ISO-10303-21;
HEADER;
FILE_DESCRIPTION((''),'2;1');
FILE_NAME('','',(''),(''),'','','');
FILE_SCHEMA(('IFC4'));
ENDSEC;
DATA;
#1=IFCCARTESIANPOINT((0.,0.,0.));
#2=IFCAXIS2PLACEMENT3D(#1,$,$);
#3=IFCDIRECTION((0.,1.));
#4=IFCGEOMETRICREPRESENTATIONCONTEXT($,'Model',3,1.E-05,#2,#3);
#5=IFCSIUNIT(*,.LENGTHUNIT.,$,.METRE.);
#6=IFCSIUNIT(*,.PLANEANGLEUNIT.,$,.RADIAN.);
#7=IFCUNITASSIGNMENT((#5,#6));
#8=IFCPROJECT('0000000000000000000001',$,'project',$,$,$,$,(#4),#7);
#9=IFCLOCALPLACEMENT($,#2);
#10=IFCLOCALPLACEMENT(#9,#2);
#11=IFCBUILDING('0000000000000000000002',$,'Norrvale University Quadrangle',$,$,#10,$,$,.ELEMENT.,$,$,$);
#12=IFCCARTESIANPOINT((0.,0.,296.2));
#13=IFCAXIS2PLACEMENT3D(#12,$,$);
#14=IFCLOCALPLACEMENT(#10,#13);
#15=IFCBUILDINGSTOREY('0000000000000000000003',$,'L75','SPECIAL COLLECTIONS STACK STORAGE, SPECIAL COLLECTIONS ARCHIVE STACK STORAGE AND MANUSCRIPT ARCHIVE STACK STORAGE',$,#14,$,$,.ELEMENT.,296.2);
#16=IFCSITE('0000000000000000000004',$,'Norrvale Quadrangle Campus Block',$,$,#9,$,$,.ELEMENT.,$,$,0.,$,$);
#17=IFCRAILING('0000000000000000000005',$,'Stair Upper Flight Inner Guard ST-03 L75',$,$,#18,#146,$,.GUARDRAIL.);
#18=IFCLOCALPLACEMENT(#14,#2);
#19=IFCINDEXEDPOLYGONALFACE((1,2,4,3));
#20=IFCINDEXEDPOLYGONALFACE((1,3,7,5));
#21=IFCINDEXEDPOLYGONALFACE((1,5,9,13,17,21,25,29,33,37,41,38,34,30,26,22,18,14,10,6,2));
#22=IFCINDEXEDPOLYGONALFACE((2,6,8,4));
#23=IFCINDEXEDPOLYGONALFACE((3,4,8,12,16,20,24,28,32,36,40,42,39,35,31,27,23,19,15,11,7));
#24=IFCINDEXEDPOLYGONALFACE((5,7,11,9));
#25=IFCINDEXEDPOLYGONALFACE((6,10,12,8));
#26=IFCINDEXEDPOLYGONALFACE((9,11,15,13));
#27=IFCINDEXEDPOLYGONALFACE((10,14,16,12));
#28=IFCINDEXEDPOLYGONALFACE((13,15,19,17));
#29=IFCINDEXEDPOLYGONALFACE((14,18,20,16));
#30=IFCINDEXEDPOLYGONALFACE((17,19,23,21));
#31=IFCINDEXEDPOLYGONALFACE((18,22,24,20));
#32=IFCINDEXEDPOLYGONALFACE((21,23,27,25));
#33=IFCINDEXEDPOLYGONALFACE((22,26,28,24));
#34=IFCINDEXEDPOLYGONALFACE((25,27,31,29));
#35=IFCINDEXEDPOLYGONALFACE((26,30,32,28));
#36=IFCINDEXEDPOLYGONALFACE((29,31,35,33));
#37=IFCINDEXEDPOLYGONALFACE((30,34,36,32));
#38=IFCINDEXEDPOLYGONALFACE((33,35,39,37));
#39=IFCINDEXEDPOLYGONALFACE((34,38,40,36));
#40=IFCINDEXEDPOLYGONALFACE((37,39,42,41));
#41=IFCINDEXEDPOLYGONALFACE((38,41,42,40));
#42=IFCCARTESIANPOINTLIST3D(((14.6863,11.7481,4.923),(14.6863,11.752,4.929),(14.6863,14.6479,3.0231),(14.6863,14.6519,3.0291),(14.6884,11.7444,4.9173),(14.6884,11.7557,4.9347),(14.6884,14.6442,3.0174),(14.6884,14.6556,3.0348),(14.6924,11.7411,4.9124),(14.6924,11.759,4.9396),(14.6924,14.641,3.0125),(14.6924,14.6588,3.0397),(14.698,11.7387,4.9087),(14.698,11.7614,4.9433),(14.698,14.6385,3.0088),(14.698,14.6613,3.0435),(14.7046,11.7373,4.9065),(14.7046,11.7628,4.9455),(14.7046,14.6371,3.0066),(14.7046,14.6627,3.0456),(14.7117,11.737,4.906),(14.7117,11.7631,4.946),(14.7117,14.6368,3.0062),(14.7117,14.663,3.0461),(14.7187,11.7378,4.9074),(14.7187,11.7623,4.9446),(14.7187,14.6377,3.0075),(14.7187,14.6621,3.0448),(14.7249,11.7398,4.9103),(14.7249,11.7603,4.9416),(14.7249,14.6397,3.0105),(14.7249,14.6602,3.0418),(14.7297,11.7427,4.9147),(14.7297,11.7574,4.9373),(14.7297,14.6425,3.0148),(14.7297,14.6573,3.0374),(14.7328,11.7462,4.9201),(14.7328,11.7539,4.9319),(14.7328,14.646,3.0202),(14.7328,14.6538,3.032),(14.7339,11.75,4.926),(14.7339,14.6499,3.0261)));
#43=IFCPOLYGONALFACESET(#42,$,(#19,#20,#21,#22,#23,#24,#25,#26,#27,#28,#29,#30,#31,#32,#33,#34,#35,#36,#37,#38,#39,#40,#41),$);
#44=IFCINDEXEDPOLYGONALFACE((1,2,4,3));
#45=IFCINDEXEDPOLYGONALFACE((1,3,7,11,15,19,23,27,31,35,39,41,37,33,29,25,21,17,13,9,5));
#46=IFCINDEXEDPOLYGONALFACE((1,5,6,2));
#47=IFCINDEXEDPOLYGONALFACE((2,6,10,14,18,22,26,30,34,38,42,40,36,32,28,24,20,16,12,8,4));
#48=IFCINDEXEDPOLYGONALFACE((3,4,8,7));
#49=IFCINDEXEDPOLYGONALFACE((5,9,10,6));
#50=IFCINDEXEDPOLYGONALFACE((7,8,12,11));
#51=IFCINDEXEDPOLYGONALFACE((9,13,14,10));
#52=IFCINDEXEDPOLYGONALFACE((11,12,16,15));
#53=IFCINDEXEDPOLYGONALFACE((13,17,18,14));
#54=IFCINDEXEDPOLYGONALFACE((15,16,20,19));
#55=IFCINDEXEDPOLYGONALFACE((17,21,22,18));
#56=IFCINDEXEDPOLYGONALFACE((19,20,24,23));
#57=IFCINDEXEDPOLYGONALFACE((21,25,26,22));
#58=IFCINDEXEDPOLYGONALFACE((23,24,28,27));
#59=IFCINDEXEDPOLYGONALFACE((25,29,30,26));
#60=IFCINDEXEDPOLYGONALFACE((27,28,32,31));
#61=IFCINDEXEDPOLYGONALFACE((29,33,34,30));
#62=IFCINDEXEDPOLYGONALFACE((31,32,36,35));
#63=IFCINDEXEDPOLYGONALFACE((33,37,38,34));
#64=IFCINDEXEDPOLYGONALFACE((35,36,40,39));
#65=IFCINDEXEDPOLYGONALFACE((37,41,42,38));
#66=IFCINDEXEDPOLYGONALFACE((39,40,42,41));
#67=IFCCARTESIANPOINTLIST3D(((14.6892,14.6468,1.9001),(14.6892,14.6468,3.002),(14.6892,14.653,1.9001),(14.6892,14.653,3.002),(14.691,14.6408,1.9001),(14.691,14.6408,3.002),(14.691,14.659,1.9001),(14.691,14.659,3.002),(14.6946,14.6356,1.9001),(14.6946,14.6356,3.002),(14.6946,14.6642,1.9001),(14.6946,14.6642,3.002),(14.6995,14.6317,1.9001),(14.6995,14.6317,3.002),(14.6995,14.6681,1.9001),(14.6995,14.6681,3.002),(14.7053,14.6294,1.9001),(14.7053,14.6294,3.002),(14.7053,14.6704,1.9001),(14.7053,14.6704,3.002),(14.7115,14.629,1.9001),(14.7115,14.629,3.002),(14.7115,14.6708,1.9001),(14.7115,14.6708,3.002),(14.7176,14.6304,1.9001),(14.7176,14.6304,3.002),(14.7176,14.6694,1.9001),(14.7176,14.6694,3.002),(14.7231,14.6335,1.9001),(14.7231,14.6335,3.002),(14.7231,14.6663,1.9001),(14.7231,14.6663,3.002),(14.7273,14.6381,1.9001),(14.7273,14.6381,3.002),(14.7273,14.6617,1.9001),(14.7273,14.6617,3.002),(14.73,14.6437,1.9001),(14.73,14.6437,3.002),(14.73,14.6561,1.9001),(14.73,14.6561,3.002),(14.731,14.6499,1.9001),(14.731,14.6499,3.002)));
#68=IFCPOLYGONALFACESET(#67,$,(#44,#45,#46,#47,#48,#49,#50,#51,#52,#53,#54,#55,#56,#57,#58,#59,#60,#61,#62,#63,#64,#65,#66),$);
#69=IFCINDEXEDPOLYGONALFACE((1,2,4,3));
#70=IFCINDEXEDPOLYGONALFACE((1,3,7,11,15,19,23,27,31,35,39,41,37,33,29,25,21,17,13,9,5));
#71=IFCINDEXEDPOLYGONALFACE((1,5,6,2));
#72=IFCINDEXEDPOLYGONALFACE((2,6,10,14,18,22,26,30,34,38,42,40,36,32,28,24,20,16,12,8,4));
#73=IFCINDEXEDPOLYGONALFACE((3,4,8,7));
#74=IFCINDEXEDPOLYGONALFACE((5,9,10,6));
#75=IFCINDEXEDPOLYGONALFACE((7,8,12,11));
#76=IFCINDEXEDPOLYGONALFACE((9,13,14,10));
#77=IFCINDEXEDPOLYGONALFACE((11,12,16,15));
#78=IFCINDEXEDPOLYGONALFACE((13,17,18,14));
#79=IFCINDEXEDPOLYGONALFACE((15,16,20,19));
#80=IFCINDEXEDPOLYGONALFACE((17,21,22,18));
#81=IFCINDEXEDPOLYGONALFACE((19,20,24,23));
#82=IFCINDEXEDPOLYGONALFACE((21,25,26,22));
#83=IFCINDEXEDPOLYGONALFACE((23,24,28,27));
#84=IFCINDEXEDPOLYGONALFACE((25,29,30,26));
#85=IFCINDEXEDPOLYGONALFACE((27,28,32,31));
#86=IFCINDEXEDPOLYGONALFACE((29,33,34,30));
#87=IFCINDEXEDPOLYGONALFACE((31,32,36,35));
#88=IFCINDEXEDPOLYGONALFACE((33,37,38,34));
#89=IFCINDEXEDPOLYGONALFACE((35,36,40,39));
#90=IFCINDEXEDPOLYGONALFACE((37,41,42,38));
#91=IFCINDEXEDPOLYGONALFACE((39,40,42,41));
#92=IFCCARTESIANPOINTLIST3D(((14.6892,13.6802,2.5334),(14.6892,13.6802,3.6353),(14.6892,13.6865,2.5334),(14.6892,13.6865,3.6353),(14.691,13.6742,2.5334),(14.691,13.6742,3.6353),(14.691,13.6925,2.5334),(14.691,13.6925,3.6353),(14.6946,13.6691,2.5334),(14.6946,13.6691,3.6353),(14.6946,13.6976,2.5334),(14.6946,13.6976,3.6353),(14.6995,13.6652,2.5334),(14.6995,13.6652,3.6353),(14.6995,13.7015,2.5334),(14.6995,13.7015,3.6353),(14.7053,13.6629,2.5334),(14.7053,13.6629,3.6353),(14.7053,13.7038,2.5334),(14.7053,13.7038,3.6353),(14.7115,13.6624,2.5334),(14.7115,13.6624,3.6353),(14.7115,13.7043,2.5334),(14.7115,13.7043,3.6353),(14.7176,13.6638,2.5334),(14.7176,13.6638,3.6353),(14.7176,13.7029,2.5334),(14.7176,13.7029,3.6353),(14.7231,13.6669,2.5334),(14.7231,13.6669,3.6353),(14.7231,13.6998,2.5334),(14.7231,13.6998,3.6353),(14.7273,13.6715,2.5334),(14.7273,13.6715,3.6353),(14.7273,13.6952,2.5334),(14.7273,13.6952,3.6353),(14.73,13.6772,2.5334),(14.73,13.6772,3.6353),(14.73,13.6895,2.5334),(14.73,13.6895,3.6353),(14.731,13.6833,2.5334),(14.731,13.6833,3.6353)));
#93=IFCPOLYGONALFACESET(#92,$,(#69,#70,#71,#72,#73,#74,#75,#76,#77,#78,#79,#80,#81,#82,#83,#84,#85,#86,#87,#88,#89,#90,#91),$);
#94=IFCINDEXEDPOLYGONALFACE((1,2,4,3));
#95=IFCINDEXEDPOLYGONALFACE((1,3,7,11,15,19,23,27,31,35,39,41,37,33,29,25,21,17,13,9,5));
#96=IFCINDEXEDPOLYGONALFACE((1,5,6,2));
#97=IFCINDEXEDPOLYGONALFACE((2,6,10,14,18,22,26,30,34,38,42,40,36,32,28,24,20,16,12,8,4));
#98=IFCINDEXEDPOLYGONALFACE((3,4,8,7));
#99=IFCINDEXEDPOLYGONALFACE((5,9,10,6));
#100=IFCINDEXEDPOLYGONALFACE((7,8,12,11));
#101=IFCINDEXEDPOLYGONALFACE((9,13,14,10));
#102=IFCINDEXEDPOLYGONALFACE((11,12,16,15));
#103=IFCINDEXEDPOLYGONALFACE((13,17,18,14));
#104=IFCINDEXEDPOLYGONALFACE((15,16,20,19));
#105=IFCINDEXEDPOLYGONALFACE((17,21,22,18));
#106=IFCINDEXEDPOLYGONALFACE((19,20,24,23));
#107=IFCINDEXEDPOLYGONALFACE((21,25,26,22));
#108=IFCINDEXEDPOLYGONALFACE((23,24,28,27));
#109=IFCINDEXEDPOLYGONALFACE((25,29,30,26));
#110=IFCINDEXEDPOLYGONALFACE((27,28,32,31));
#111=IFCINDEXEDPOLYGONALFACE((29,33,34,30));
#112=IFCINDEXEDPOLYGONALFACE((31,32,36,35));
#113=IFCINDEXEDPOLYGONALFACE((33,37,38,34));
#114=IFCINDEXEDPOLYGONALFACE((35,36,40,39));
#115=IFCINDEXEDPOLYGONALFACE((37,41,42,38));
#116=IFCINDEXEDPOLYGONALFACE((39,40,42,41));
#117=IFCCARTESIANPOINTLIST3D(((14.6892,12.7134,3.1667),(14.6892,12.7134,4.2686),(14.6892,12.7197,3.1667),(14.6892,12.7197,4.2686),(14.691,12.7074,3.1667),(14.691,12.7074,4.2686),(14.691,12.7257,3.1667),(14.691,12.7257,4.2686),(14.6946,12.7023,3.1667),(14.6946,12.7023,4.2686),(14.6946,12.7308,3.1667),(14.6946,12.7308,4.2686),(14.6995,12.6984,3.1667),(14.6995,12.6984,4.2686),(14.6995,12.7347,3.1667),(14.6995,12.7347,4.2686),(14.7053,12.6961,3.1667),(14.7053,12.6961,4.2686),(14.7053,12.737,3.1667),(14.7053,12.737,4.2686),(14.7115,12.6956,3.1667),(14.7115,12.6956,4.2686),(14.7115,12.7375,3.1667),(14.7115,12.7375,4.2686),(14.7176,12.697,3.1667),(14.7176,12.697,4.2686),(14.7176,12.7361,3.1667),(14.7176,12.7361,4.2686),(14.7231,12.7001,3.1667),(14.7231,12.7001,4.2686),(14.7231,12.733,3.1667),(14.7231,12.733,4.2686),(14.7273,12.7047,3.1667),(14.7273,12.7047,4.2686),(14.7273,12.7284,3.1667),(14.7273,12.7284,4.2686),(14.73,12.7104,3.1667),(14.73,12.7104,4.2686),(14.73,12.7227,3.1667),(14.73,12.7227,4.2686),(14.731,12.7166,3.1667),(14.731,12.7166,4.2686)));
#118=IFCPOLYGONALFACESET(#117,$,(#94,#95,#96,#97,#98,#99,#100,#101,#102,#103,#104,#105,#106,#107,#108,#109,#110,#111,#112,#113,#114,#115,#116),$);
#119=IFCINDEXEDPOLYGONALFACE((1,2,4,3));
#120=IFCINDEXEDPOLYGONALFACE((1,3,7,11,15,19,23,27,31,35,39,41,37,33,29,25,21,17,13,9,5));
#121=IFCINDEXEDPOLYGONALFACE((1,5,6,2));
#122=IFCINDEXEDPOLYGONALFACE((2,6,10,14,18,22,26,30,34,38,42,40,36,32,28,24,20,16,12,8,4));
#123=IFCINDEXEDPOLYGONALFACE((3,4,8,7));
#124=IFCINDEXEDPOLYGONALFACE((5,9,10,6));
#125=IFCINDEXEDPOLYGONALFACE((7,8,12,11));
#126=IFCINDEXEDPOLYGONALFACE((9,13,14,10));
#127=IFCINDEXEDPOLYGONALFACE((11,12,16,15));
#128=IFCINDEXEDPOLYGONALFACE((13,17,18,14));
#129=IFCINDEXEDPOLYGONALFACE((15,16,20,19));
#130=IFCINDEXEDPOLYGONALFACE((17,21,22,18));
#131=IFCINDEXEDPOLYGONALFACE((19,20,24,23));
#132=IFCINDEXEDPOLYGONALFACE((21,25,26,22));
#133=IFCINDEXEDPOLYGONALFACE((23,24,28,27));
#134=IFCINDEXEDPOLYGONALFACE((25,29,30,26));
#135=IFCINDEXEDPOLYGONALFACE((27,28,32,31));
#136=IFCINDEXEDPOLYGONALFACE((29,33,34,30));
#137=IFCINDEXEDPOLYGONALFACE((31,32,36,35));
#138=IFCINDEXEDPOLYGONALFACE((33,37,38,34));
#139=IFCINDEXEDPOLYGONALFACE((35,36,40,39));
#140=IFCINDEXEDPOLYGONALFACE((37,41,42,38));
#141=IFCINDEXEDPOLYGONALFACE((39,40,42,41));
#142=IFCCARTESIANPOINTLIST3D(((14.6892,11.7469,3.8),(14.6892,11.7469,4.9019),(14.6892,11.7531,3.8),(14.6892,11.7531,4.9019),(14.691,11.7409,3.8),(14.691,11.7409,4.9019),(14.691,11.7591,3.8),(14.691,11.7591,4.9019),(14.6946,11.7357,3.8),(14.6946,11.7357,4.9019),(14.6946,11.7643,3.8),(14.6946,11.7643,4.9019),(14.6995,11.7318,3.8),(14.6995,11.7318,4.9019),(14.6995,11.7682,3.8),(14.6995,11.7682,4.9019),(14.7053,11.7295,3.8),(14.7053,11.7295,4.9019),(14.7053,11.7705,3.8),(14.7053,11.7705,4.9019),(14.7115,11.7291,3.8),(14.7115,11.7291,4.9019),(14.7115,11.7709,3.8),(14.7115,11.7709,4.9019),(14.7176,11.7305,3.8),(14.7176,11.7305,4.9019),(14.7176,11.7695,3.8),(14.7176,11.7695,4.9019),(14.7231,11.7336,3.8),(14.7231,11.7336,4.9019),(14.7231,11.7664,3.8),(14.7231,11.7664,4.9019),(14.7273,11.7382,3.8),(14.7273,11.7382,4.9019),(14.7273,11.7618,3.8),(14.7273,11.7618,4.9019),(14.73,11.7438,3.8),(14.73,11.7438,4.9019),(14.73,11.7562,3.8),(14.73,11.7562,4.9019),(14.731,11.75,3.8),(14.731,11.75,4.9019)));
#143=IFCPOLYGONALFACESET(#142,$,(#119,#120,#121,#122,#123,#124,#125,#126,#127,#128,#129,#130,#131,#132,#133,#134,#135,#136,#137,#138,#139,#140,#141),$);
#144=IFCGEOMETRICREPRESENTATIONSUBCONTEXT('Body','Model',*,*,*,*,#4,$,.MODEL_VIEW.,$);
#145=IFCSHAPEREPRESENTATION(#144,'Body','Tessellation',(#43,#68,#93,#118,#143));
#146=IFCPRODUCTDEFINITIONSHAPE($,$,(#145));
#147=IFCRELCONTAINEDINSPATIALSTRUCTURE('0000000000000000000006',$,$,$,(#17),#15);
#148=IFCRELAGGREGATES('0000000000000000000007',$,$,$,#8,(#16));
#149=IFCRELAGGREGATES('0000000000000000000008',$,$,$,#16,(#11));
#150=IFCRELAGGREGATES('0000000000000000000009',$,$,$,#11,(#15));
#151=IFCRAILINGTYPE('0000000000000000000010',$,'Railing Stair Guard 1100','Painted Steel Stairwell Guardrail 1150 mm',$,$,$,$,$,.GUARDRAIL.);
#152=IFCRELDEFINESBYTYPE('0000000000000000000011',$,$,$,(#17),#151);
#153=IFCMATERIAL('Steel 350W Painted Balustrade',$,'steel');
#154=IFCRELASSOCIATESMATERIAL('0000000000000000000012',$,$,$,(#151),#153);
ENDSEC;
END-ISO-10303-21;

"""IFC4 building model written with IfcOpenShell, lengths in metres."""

from ifc_helpers import new_model, si_unit, direction, frame, origin, origin_2d, place, context, subcontext, project, spatial, circle, extrude, material, type_object, element, save


model = new_model("IFC4")

# Units and contexts
model_context = context("Model", 3, precision=1e-05, world=origin(), true_north=direction((0.0, 1.0)))
body_context = subcontext(model_context, "Body", "Model", "MODEL_VIEW")
ifc_project = project(units=[si_unit("LENGTHUNIT", "METRE"), si_unit("PLANEANGLEUNIT", "RADIAN")], contexts=[model_context])

# Site, building, storey
site_placement = place(None, origin())
site = spatial("IfcSite", under=ifc_project, at=site_placement, Name="Norrvale Quadrangle Campus Block", CompositionType="ELEMENT", RefElevation=0.0)
building_placement = place(site_placement, origin())
building = spatial("IfcBuilding", under=site, at=building_placement, Name="Norrvale University Quadrangle", CompositionType="ELEMENT")
storey_placement = place(building_placement, frame((0.0, 0.0, 296.2)))
storey = spatial("IfcBuildingStorey", under=building, at=storey_placement, Name="L75", Description="SPECIAL COLLECTIONS STACK STORAGE, SPECIAL COLLECTIONS ARCHIVE STACK STORAGE AND MANUSCRIPT ARCHIVE STACK STORAGE", CompositionType="ELEMENT", Elevation=296.2)

# Railing
ifc_material_1 = material(Name="Steel 350W Painted Balustrade", Category="steel")
railing_type_1 = type_object("IfcRailingType", Name="Railing Stair Guard 1100", Description="Painted Steel Stairwell Guardrail 1150 mm", PredefinedType="GUARDRAIL", material=ifc_material_1)
railing_1_placement = place(storey_placement, frame((14.71, 14.6499, 1.9001)))
element("IfcRailing", 1, at=railing_1_placement, inside=storey, type_object=railing_type_1, Name="Stair Upper Flight Inner Guard ST-03 L75", PredefinedType="GUARDRAIL", context=body_context, shape_type="SweptSolid", body=[
    extrude(circle(Radius=0.0239, at=origin_2d()), frame((0.0, 0.0, 1.126), z_axis=(0.0, -0.836466, 0.548019), x_axis=(1.0, 0.0, 0.0)), (0.0, 0.0, 1.0), 3.4668),
    extrude(circle(Radius=0.021, at=origin_2d()), origin(), (0.0, 0.0, 1.0), 1.1018),
    extrude(circle(Radius=0.021, at=origin_2d()), frame((0.0, -0.9666, 0.6333)), (0.0, 0.0, 1.0), 1.1018),
    extrude(circle(Radius=0.021, at=origin_2d()), frame((0.0, -1.9333, 1.2666)), (0.0, 0.0, 1.0), 1.1018),
    extrude(circle(Radius=0.021, at=origin_2d()), frame((0.0, -2.8999, 1.8999)), (0.0, 0.0, 1.0), 1.1018),
])

save(model, "model.ifc")
